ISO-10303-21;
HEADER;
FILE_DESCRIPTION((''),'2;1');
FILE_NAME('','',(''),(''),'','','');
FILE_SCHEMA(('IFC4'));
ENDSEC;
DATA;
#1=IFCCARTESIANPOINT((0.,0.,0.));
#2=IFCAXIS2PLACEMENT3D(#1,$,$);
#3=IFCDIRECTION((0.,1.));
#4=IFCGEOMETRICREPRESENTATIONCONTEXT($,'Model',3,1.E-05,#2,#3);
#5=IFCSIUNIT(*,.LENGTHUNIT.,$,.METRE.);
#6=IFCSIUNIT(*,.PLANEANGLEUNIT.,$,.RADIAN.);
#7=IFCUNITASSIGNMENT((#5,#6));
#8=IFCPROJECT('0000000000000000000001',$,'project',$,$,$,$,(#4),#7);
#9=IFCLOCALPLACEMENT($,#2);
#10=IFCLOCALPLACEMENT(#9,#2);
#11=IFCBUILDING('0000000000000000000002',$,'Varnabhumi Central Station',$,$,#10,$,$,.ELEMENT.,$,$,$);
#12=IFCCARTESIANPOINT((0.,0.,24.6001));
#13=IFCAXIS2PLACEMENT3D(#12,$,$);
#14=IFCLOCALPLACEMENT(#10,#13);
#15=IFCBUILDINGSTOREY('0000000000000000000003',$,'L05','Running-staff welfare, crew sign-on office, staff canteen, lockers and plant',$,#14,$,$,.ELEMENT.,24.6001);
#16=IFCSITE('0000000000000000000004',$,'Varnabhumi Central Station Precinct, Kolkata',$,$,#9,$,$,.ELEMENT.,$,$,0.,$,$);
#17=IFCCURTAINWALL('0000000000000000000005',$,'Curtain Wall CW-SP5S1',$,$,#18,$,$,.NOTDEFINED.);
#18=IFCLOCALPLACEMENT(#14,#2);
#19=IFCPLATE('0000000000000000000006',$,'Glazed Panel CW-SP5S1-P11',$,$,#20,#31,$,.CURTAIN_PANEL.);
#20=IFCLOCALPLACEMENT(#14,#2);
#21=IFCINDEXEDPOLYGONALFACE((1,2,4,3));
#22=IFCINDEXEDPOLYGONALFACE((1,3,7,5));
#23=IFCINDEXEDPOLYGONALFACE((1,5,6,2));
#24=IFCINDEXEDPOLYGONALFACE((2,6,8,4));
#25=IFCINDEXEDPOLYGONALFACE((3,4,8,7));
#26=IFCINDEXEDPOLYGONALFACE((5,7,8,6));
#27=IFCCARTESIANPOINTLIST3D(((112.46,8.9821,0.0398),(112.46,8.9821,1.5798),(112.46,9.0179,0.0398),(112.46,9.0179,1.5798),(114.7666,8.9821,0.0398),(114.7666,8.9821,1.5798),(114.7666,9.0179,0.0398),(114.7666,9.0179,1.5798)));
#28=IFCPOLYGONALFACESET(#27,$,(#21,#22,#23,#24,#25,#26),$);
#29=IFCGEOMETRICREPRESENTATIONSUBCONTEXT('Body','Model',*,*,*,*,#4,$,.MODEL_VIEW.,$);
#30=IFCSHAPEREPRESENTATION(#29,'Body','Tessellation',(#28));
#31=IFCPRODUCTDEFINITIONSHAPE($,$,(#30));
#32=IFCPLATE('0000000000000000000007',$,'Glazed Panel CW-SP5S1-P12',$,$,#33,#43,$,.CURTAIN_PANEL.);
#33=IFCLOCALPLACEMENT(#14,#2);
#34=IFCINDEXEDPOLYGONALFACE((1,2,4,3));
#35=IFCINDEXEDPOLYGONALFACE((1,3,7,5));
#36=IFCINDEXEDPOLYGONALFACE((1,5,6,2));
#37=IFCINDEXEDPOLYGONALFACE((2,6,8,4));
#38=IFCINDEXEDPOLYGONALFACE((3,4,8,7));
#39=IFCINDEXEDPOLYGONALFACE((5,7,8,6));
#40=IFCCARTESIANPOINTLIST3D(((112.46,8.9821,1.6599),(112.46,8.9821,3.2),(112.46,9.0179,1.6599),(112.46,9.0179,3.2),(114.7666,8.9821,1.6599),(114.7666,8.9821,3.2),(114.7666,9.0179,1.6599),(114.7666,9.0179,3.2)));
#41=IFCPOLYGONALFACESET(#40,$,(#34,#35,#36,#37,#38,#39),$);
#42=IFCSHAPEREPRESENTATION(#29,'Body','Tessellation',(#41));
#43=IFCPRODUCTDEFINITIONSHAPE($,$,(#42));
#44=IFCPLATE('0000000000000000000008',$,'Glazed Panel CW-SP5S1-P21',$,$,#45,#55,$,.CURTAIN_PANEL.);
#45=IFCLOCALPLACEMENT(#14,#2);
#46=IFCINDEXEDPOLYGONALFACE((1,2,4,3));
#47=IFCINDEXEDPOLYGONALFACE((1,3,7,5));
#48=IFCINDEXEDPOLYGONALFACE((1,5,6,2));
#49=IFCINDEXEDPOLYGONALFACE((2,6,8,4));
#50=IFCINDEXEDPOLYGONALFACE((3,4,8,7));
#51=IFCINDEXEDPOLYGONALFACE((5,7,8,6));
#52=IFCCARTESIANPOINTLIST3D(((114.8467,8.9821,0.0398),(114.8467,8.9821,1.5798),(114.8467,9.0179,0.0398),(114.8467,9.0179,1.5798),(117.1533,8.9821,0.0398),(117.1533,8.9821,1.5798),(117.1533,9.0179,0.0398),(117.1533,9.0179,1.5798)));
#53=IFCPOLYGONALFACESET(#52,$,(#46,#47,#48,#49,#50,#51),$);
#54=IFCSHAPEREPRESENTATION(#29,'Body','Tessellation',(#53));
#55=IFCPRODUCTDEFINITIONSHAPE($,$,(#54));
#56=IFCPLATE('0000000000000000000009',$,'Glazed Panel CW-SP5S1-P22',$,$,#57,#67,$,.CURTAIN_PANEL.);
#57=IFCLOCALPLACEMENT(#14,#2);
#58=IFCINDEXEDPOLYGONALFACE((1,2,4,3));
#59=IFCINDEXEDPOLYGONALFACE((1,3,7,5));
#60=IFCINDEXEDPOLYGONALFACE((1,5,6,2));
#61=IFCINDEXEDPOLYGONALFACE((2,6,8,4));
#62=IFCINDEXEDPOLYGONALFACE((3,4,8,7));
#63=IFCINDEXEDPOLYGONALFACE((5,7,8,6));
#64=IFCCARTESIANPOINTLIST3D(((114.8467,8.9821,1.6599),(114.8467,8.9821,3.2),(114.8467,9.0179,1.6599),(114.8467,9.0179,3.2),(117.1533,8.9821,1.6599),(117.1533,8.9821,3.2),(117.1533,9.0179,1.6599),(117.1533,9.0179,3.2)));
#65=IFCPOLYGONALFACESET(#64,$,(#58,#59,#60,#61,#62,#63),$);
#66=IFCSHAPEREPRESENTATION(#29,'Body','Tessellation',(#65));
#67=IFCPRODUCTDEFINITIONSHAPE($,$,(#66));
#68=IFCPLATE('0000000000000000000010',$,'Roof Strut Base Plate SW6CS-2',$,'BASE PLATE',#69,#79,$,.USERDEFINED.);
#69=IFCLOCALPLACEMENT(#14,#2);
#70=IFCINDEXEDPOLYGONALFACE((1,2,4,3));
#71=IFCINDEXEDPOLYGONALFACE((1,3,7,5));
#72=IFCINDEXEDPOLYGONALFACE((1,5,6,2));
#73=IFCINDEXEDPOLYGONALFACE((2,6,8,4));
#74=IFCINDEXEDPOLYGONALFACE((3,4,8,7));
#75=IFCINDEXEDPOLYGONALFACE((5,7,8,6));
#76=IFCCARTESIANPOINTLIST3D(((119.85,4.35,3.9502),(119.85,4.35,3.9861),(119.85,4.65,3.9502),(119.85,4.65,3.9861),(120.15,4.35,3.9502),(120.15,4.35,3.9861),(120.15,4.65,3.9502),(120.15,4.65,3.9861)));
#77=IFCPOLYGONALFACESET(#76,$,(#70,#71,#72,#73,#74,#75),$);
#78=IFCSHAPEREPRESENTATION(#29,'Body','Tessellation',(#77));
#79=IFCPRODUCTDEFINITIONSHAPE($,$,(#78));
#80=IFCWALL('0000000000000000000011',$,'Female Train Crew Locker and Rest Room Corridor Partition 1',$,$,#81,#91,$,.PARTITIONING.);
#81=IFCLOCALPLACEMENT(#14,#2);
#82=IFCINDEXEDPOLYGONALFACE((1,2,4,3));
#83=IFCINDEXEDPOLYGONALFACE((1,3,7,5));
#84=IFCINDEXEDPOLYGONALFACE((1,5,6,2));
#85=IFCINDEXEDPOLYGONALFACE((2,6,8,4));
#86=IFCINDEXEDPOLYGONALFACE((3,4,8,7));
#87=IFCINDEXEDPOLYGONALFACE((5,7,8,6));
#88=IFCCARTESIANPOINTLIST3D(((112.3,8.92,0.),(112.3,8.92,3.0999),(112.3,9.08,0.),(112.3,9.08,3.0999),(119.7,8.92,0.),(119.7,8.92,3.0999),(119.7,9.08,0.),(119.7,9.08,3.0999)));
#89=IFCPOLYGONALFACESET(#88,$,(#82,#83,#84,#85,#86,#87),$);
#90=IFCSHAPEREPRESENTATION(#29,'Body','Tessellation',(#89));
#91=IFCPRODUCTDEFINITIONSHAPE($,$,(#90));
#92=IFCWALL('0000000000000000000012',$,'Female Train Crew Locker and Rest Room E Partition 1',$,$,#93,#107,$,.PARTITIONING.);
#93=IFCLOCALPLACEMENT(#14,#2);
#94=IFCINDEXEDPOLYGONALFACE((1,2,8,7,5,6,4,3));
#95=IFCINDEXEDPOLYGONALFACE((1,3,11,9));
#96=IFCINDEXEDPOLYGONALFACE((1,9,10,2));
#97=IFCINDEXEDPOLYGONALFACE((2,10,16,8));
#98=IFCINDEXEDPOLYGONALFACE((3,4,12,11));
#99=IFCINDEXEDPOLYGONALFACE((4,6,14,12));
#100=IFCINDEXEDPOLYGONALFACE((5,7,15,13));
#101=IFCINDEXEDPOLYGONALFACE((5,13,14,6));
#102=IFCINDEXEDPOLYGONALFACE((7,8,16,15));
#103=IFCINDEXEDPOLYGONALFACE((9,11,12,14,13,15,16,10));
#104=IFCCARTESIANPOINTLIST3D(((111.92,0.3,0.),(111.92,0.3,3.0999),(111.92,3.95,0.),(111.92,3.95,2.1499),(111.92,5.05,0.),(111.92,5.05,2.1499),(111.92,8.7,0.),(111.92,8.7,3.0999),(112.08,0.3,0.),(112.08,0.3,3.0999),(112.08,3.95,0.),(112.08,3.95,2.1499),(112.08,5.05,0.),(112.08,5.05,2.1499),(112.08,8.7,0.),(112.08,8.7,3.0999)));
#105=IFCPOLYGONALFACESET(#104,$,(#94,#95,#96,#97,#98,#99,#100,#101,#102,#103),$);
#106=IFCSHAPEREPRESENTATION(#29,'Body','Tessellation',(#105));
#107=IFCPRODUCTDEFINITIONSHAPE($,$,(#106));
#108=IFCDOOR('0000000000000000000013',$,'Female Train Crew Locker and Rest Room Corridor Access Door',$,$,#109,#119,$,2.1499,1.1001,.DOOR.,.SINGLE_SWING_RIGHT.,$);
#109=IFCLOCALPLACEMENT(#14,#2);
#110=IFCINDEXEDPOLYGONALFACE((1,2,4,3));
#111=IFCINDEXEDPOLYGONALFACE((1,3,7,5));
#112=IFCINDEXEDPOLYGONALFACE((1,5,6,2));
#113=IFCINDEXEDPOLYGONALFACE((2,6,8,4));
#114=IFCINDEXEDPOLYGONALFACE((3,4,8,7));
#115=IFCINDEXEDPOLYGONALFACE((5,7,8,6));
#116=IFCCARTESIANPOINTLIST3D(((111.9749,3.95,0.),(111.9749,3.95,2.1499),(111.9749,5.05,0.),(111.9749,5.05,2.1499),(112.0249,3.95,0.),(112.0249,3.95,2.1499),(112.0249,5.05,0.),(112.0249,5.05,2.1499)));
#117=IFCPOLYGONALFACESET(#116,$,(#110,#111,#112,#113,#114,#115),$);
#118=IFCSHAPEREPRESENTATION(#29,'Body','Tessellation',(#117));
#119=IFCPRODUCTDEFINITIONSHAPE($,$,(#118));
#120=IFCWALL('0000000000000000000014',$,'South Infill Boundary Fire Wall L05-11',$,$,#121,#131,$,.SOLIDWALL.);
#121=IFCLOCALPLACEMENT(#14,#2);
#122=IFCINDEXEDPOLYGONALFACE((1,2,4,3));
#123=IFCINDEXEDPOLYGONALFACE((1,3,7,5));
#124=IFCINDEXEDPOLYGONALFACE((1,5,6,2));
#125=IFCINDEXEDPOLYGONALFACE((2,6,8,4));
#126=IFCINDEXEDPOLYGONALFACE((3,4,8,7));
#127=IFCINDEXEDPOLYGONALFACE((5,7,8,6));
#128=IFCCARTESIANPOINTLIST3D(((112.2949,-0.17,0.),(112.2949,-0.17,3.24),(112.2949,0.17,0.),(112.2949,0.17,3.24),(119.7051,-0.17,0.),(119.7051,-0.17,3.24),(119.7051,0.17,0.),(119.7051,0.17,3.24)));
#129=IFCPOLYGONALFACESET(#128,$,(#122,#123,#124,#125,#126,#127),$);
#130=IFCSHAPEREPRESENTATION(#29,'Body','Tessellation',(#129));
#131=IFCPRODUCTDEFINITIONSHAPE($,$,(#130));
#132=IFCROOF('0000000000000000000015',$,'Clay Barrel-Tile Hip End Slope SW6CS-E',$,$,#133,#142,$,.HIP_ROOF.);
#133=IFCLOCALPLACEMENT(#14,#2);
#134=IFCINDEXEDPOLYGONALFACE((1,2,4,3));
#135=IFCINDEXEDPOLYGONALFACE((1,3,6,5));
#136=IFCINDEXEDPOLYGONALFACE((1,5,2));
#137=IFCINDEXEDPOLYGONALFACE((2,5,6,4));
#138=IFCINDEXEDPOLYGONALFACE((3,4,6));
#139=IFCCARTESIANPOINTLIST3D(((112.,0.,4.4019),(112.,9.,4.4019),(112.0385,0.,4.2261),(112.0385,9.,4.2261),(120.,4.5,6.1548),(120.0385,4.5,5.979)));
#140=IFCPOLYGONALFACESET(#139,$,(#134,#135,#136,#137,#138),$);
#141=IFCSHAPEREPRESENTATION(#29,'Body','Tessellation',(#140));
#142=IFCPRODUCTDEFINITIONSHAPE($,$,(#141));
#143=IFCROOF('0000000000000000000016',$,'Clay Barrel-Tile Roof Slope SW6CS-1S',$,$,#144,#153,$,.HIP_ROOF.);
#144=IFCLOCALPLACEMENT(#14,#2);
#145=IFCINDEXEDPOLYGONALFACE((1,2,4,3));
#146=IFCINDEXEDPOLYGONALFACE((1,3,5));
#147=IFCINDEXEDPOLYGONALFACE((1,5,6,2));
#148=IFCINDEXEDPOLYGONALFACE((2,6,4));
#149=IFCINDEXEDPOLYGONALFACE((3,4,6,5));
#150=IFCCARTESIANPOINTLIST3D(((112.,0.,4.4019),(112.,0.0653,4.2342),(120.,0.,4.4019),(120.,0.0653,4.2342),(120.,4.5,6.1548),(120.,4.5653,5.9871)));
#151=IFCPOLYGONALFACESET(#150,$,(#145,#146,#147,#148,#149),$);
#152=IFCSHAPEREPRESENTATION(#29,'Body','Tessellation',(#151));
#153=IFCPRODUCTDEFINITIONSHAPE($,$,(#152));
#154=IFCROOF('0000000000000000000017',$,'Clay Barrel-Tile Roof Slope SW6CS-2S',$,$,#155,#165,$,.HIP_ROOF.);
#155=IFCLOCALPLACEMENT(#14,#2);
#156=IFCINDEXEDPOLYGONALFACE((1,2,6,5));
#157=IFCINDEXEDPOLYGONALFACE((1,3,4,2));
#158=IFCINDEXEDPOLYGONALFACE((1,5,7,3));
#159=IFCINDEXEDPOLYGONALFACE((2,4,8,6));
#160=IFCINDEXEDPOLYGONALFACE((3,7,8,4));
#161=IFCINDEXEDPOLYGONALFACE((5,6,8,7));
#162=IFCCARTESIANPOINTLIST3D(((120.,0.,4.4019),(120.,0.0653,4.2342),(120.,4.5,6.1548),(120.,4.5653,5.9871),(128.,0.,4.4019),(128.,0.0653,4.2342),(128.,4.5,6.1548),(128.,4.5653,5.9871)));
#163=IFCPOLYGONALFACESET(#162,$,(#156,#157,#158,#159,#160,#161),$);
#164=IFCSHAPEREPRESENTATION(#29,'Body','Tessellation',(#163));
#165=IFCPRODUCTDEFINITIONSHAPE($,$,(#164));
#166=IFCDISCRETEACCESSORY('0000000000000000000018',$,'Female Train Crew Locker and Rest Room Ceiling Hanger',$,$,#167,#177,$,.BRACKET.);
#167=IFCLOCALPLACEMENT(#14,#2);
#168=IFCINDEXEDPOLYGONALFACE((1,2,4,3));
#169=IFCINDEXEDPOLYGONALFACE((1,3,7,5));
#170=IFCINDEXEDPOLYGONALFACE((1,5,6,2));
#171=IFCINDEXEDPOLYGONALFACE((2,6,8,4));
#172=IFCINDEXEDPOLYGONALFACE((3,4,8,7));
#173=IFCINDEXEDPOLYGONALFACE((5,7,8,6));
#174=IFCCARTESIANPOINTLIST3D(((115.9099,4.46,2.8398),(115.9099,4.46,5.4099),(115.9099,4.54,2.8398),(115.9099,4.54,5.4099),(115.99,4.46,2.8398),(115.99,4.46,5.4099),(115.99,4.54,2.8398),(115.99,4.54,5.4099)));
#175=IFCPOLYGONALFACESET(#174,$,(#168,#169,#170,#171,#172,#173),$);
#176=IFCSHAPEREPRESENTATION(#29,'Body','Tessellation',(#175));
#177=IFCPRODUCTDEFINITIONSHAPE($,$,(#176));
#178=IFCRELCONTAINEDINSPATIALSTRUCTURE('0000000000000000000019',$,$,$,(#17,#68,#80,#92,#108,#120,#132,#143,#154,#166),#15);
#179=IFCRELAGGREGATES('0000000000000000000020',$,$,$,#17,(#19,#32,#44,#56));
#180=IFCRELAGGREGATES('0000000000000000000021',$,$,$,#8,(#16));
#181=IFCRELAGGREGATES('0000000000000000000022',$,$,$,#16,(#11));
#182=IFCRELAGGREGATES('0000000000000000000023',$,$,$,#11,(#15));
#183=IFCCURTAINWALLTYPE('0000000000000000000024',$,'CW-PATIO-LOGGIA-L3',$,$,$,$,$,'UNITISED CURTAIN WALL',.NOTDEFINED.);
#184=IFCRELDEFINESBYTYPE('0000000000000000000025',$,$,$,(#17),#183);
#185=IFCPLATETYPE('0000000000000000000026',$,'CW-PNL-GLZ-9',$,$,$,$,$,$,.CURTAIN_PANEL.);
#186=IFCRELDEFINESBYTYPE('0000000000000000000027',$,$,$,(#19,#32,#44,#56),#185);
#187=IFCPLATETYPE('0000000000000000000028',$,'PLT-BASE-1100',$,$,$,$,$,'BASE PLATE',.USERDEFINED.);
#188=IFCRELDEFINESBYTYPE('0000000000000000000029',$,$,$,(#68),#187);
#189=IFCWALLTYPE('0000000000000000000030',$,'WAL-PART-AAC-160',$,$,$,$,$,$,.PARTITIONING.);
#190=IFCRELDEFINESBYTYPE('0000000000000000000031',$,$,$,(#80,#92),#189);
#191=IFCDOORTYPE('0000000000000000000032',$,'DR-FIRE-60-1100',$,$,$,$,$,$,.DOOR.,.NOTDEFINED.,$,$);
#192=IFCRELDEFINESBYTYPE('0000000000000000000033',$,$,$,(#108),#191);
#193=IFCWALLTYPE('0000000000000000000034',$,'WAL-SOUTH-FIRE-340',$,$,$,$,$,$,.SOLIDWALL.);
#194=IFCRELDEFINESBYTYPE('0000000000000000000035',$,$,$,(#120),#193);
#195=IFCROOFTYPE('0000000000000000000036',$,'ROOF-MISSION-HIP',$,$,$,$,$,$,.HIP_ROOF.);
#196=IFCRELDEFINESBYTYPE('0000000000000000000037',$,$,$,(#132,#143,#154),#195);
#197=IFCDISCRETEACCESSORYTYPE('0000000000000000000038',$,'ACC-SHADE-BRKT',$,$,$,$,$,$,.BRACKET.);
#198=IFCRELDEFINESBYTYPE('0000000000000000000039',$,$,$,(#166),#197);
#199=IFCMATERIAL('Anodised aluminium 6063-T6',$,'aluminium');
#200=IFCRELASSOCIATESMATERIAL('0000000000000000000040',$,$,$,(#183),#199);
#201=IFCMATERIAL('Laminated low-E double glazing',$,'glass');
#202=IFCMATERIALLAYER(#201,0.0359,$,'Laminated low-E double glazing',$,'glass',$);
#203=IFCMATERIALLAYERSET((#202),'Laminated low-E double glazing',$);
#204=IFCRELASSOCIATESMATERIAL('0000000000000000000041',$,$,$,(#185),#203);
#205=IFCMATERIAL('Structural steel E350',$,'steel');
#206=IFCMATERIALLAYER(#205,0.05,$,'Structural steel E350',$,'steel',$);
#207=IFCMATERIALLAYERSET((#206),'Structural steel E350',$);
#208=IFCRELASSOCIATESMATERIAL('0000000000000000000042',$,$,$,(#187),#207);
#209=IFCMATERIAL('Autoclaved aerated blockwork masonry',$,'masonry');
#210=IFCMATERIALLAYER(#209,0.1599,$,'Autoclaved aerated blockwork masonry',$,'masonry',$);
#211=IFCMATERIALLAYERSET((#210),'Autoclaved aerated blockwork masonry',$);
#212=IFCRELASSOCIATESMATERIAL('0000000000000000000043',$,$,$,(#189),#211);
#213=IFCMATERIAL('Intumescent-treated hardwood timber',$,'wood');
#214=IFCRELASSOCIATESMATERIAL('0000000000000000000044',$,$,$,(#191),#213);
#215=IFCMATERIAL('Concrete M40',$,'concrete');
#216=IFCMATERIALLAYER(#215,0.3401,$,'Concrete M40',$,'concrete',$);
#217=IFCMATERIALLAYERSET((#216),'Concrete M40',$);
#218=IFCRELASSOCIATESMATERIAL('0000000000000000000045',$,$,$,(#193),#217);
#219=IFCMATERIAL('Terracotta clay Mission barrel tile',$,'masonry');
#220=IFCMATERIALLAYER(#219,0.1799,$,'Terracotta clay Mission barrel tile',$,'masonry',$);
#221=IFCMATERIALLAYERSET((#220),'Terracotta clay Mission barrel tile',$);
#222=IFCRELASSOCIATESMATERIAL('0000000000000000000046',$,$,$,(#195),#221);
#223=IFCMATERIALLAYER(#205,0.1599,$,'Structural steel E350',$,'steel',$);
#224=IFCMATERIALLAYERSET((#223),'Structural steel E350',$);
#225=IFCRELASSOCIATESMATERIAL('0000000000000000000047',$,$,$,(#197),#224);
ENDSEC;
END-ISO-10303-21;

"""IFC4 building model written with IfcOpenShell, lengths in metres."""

from ifc_helpers import new_model, si_unit, direction, frame, frame_2d, origin, origin_2d, place, context, subcontext, project, spatial, polyline, rectangle, outline, extrude, material, layer, layer_set, type_object, element, fill, aggregate, save


model = new_model("IFC4")

# Units and contexts
model_context = context("Model", 3, precision=1e-05, world=origin(), true_north=direction((0.0, 1.0)))
body_context = subcontext(model_context, "Body", "Model", "MODEL_VIEW")
ifc_project = project(units=[si_unit("LENGTHUNIT", "METRE"), si_unit("PLANEANGLEUNIT", "RADIAN")], contexts=[model_context])

# Site, building, storey
site_placement = place(None, origin())
site = spatial("IfcSite", under=ifc_project, at=site_placement, Name="Varnabhumi Central Station Precinct, Kolkata", CompositionType="ELEMENT", RefElevation=0.0)
building_placement = place(site_placement, origin())
building = spatial("IfcBuilding", under=site, at=building_placement, Name="Varnabhumi Central Station", CompositionType="ELEMENT")
storey_placement = place(building_placement, frame((0.0, 0.0, 24.6001)))
storey = spatial("IfcBuildingStorey", under=building, at=storey_placement, Name="L05", Description="Running-staff welfare, crew sign-on office, staff canteen, lockers and plant", CompositionType="ELEMENT", Elevation=24.6001)

# Shared definitions
ifc_material_1 = material(Name="Concrete M40", Category="concrete")

# Shared definitions
ifc_material_2 = material(Name="Structural steel E350", Category="steel")

# Curtain wall
ifc_material_3 = material(Name="Anodised aluminium 6063-T6", Category="aluminium")
curtain_wall_type = type_object("IfcCurtainWallType", Name="CW-PATIO-LOGGIA-L3", ElementType="UNITISED CURTAIN WALL", PredefinedType="NOTDEFINED", material=ifc_material_3)
curtain_wall_placement = place(storey_placement, origin())
curtain_wall = element("IfcCurtainWall", 1, at=curtain_wall_placement, inside=storey, type_object=curtain_wall_type, Name="Curtain Wall CW-SP5S1", PredefinedType="NOTDEFINED")

# Plates
ifc_material_4 = material(Name="Laminated low-E double glazing", Category="glass")
ifc_layer_1 = layer(ifc_material_4, 0.0359, Name="Laminated low-E double glazing", Category="glass")
ifc_layer_set_1 = layer_set([ifc_layer_1], Name="Laminated low-E double glazing")
plate_type_1 = type_object("IfcPlateType", Name="CW-PNL-GLZ-9", PredefinedType="CURTAIN_PANEL", material=ifc_layer_set_1)
plate_1_placement = place(storey_placement, frame((113.6133, 9.0, 0.0398), z_axis=(0.0, 0.0, 1.0), x_axis=(1.0, 0.0, 0.0)))
plate_1 = element("IfcPlate", 2, at=plate_1_placement, type_object=plate_type_1, Name="Glazed Panel CW-SP5S1-P11", PredefinedType="CURTAIN_PANEL", context=body_context, shape_type="SweptSolid", body=[
    extrude(rectangle(XDim=2.3066, YDim=0.0359, at=origin_2d()), origin(), (0.0, 0.0, 1.0), 1.54),
])
plate_2_placement = place(storey_placement, frame((113.6133, 9.0, 1.6599), z_axis=(0.0, 0.0, 1.0), x_axis=(1.0, 0.0, 0.0)))
plate_2 = element("IfcPlate", 3, at=plate_2_placement, type_object=plate_type_1, Name="Glazed Panel CW-SP5S1-P12", PredefinedType="CURTAIN_PANEL", context=body_context, shape_type="SweptSolid", body=[
    extrude(rectangle(XDim=2.3066, YDim=0.0359, at=origin_2d()), origin(), (0.0, 0.0, 1.0), 1.54),
])
plate_3_placement = place(storey_placement, frame((116.0, 9.0, 0.0398), z_axis=(0.0, 0.0, 1.0), x_axis=(1.0, 0.0, 0.0)))
plate_3 = element("IfcPlate", 4, at=plate_3_placement, type_object=plate_type_1, Name="Glazed Panel CW-SP5S1-P21", PredefinedType="CURTAIN_PANEL", context=body_context, shape_type="SweptSolid", body=[
    extrude(rectangle(XDim=2.3066, YDim=0.0359, at=origin_2d()), origin(), (0.0, 0.0, 1.0), 1.54),
])
plate_4_placement = place(storey_placement, frame((116.0, 9.0, 1.6599), z_axis=(0.0, 0.0, 1.0), x_axis=(1.0, 0.0, 0.0)))
plate_4 = element("IfcPlate", 5, at=plate_4_placement, type_object=plate_type_1, Name="Glazed Panel CW-SP5S1-P22", PredefinedType="CURTAIN_PANEL", context=body_context, shape_type="SweptSolid", body=[
    extrude(rectangle(XDim=2.3066, YDim=0.0359, at=origin_2d()), origin(), (0.0, 0.0, 1.0), 1.54),
])
aggregate(curtain_wall, [plate_1, plate_2, plate_3, plate_4])
ifc_layer_2 = layer(ifc_material_2, 0.05, Name="Structural steel E350", Category="steel")
ifc_layer_set_2 = layer_set([ifc_layer_2], Name="Structural steel E350")
plate_type_2 = type_object("IfcPlateType", Name="PLT-BASE-1100", ElementType="BASE PLATE", PredefinedType="USERDEFINED", material=ifc_layer_set_2)
plate_5_placement = place(storey_placement, frame((120.0, 4.5, 3.9502), z_axis=(0.0, 0.0, 1.0), x_axis=(1.0, 0.0, 0.0)))
element("IfcPlate", 6, at=plate_5_placement, inside=storey, type_object=plate_type_2, Name="Roof Strut Base Plate SW6CS-2", ObjectType="BASE PLATE", PredefinedType="USERDEFINED", context=body_context, shape_type="SweptSolid", body=[
    extrude(rectangle(XDim=0.3, YDim=0.3, at=origin_2d()), origin(), (0.0, 0.0, 1.0), 0.0359),
])

# Wall
ifc_material_5 = material(Name="Autoclaved aerated blockwork masonry", Category="masonry")
ifc_layer_3 = layer(ifc_material_5, 0.1599, Name="Autoclaved aerated blockwork masonry", Category="masonry")
ifc_layer_set_3 = layer_set([ifc_layer_3], Name="Autoclaved aerated blockwork masonry")
wall_type_1 = type_object("IfcWallType", Name="WAL-PART-AAC-160", PredefinedType="PARTITIONING", material=ifc_layer_set_3)
wall_1_placement = place(storey_placement, frame((112.3, 9.0, 0.0), z_axis=(0.0, 0.0, 1.0), x_axis=(1.0, 0.0, 0.0)))
element("IfcWall", 7, at=wall_1_placement, inside=storey, type_object=wall_type_1, Name="Female Train Crew Locker and Rest Room Corridor Partition 1", PredefinedType="PARTITIONING", context=body_context, shape_type="SweptSolid", body=[
    extrude(rectangle(XDim=7.3999, YDim=0.1599, at=frame_2d((3.7, 0.0))), origin(), (0.0, 0.0, 1.0), 3.0999),
])

# Wall, opening, door
wall_2_placement = place(storey_placement, frame((112.0, 0.3, 0.0), z_axis=(0.0, 0.0, 1.0), x_axis=(0.0, 1.0, 0.0)))
wall_2 = element("IfcWall", 8, at=wall_2_placement, inside=storey, type_object=wall_type_1, Name="Female Train Crew Locker and Rest Room E Partition 1", PredefinedType="PARTITIONING", context=body_context, shape_type="SweptSolid", body=[
    extrude(rectangle(XDim=8.3999, YDim=0.1599, at=frame_2d((4.2, 0.0))), origin(), (0.0, 0.0, 1.0), 3.0999),
])
opening_placement = place(wall_2_placement, frame((3.6499, 0.0, 0.0)))
opening = element("IfcOpeningElement", 9, at=opening_placement, cuts=wall_2, PredefinedType="OPENING", context=body_context, shape_type="SweptSolid", body=[
    extrude(rectangle(XDim=1.1001, YDim=2.1499, at=frame_2d((0.55, 1.075))), frame((0.0, 0.0898, 0.0), z_axis=(0.0, -1.0, 0.0), x_axis=(1.0, 0.0, 0.0)), (0.0, 0.0, 1.0), 0.1799),
])
ifc_material_6 = material(Name="Intumescent-treated hardwood timber", Category="wood")
door_type = type_object("IfcDoorType", Name="DR-FIRE-60-1100", OperationType="NOTDEFINED", PredefinedType="DOOR", material=ifc_material_6)
door_placement = place(opening_placement, frame((1.1001, 0.0, 0.0), z_axis=(0.0, 0.0, 1.0), x_axis=(-1.0, 0.0, 0.0)))
door = element("IfcDoor", 10, at=door_placement, inside=storey, type_object=door_type, Name="Female Train Crew Locker and Rest Room Corridor Access Door", OperationType="SINGLE_SWING_RIGHT", OverallHeight=2.1499, OverallWidth=1.1001, PredefinedType="DOOR", context=body_context, shape_type="SweptSolid", body=[
    extrude(rectangle(XDim=1.1001, YDim=2.1499, at=frame_2d((0.55, 1.075))), frame((0.0, 0.0249, 0.0), z_axis=(0.0, -1.0, 0.0), x_axis=(1.0, 0.0, 0.0)), (0.0, 0.0, 1.0), 0.05),
])
fill(opening, door)

# Wall
ifc_layer_4 = layer(ifc_material_1, 0.3401, Name="Concrete M40", Category="concrete")
ifc_layer_set_4 = layer_set([ifc_layer_4], Name="Concrete M40")
wall_type_2 = type_object("IfcWallType", Name="WAL-SOUTH-FIRE-340", PredefinedType="SOLIDWALL", material=ifc_layer_set_4)
wall_3_placement = place(storey_placement, frame((112.2949, 0.0, 0.0), z_axis=(0.0, 0.0, 1.0), x_axis=(1.0, 0.0, 0.0)))
element("IfcWall", 11, at=wall_3_placement, inside=storey, type_object=wall_type_2, Name="South Infill Boundary Fire Wall L05-11", PredefinedType="SOLIDWALL", context=body_context, shape_type="SweptSolid", body=[
    extrude(rectangle(XDim=7.4102, YDim=0.3401, at=frame_2d((3.7051, 0.0))), origin(), (0.0, 0.0, 1.0), 3.24),
])

# Roofs
ifc_material_7 = material(Name="Terracotta clay Mission barrel tile", Category="masonry")
ifc_layer_5 = layer(ifc_material_7, 0.1799, Name="Terracotta clay Mission barrel tile", Category="masonry")
ifc_layer_set_5 = layer_set([ifc_layer_5], Name="Terracotta clay Mission barrel tile")
roof_type = type_object("IfcRoofType", Name="ROOF-MISSION-HIP", PredefinedType="HIP_ROOF", material=ifc_layer_set_5)
roof_1_placement = place(storey_placement, frame((112.0, 0.0, 4.4019), z_axis=(-0.214038, 0.0, 0.976825), x_axis=(0.0, 1.0, 0.0)))
element("IfcRoof", 12, at=roof_1_placement, inside=storey, type_object=roof_type, Name="Clay Barrel-Tile Hip End Slope SW6CS-E", PredefinedType="HIP_ROOF", context=body_context, shape_type="SweptSolid", body=[
    extrude(outline(polyline([(0.0, 0.0), (9.0, 0.0), (4.5, -8.1898), (0.0, 0.0)])), origin(), (0.0, 0.0, -1.0), 0.1799),
])
roof_2_placement = place(storey_placement, frame((112.0, 0.0, 4.4019), z_axis=(0.0, -0.362973, 0.9318), x_axis=(1.0, 0.0, 0.0)))
element("IfcRoof", 13, at=roof_2_placement, inside=storey, type_object=roof_type, Name="Clay Barrel-Tile Roof Slope SW6CS-1S", PredefinedType="HIP_ROOF", context=body_context, shape_type="SweptSolid", body=[
    extrude(outline(polyline([(0.0, 0.0), (8.0, 0.0), (8.0, 4.8294), (0.0, 0.0)])), origin(), (0.0, 0.0, -1.0), 0.1799),
])
roof_3_placement = place(storey_placement, frame((120.0, 0.0, 4.4019), z_axis=(0.0, -0.362973, 0.9318), x_axis=(1.0, 0.0, 0.0)))
element("IfcRoof", 14, at=roof_3_placement, inside=storey, type_object=roof_type, Name="Clay Barrel-Tile Roof Slope SW6CS-2S", PredefinedType="HIP_ROOF", context=body_context, shape_type="SweptSolid", body=[
    extrude(outline(polyline([(0.0, 0.0), (8.0, 0.0), (8.0, 4.8294), (0.0, 4.8294), (0.0, 0.0)])), origin(), (0.0, 0.0, -1.0), 0.1799),
])

# Discrete accessory
ifc_layer_6 = layer(ifc_material_2, 0.1599, Name="Structural steel E350", Category="steel")
ifc_layer_set_6 = layer_set([ifc_layer_6], Name="Structural steel E350")
discrete_accessory_type = type_object("IfcDiscreteAccessoryType", Name="ACC-SHADE-BRKT", PredefinedType="BRACKET", material=ifc_layer_set_6)
discrete_accessory_placement = place(storey_placement, frame((115.95, 4.5, 2.8398), z_axis=(0.0, 0.0, 1.0), x_axis=(1.0, 0.0, 0.0)))
element("IfcDiscreteAccessory", 15, at=discrete_accessory_placement, inside=storey, type_object=discrete_accessory_type, Name="Female Train Crew Locker and Rest Room Ceiling Hanger", PredefinedType="BRACKET", context=body_context, shape_type="SweptSolid", body=[
    extrude(rectangle(XDim=0.0801, YDim=0.0801, at=origin_2d()), origin(), (0.0, 0.0, 1.0), 2.5701),
])

save(model, "model.ifc")
